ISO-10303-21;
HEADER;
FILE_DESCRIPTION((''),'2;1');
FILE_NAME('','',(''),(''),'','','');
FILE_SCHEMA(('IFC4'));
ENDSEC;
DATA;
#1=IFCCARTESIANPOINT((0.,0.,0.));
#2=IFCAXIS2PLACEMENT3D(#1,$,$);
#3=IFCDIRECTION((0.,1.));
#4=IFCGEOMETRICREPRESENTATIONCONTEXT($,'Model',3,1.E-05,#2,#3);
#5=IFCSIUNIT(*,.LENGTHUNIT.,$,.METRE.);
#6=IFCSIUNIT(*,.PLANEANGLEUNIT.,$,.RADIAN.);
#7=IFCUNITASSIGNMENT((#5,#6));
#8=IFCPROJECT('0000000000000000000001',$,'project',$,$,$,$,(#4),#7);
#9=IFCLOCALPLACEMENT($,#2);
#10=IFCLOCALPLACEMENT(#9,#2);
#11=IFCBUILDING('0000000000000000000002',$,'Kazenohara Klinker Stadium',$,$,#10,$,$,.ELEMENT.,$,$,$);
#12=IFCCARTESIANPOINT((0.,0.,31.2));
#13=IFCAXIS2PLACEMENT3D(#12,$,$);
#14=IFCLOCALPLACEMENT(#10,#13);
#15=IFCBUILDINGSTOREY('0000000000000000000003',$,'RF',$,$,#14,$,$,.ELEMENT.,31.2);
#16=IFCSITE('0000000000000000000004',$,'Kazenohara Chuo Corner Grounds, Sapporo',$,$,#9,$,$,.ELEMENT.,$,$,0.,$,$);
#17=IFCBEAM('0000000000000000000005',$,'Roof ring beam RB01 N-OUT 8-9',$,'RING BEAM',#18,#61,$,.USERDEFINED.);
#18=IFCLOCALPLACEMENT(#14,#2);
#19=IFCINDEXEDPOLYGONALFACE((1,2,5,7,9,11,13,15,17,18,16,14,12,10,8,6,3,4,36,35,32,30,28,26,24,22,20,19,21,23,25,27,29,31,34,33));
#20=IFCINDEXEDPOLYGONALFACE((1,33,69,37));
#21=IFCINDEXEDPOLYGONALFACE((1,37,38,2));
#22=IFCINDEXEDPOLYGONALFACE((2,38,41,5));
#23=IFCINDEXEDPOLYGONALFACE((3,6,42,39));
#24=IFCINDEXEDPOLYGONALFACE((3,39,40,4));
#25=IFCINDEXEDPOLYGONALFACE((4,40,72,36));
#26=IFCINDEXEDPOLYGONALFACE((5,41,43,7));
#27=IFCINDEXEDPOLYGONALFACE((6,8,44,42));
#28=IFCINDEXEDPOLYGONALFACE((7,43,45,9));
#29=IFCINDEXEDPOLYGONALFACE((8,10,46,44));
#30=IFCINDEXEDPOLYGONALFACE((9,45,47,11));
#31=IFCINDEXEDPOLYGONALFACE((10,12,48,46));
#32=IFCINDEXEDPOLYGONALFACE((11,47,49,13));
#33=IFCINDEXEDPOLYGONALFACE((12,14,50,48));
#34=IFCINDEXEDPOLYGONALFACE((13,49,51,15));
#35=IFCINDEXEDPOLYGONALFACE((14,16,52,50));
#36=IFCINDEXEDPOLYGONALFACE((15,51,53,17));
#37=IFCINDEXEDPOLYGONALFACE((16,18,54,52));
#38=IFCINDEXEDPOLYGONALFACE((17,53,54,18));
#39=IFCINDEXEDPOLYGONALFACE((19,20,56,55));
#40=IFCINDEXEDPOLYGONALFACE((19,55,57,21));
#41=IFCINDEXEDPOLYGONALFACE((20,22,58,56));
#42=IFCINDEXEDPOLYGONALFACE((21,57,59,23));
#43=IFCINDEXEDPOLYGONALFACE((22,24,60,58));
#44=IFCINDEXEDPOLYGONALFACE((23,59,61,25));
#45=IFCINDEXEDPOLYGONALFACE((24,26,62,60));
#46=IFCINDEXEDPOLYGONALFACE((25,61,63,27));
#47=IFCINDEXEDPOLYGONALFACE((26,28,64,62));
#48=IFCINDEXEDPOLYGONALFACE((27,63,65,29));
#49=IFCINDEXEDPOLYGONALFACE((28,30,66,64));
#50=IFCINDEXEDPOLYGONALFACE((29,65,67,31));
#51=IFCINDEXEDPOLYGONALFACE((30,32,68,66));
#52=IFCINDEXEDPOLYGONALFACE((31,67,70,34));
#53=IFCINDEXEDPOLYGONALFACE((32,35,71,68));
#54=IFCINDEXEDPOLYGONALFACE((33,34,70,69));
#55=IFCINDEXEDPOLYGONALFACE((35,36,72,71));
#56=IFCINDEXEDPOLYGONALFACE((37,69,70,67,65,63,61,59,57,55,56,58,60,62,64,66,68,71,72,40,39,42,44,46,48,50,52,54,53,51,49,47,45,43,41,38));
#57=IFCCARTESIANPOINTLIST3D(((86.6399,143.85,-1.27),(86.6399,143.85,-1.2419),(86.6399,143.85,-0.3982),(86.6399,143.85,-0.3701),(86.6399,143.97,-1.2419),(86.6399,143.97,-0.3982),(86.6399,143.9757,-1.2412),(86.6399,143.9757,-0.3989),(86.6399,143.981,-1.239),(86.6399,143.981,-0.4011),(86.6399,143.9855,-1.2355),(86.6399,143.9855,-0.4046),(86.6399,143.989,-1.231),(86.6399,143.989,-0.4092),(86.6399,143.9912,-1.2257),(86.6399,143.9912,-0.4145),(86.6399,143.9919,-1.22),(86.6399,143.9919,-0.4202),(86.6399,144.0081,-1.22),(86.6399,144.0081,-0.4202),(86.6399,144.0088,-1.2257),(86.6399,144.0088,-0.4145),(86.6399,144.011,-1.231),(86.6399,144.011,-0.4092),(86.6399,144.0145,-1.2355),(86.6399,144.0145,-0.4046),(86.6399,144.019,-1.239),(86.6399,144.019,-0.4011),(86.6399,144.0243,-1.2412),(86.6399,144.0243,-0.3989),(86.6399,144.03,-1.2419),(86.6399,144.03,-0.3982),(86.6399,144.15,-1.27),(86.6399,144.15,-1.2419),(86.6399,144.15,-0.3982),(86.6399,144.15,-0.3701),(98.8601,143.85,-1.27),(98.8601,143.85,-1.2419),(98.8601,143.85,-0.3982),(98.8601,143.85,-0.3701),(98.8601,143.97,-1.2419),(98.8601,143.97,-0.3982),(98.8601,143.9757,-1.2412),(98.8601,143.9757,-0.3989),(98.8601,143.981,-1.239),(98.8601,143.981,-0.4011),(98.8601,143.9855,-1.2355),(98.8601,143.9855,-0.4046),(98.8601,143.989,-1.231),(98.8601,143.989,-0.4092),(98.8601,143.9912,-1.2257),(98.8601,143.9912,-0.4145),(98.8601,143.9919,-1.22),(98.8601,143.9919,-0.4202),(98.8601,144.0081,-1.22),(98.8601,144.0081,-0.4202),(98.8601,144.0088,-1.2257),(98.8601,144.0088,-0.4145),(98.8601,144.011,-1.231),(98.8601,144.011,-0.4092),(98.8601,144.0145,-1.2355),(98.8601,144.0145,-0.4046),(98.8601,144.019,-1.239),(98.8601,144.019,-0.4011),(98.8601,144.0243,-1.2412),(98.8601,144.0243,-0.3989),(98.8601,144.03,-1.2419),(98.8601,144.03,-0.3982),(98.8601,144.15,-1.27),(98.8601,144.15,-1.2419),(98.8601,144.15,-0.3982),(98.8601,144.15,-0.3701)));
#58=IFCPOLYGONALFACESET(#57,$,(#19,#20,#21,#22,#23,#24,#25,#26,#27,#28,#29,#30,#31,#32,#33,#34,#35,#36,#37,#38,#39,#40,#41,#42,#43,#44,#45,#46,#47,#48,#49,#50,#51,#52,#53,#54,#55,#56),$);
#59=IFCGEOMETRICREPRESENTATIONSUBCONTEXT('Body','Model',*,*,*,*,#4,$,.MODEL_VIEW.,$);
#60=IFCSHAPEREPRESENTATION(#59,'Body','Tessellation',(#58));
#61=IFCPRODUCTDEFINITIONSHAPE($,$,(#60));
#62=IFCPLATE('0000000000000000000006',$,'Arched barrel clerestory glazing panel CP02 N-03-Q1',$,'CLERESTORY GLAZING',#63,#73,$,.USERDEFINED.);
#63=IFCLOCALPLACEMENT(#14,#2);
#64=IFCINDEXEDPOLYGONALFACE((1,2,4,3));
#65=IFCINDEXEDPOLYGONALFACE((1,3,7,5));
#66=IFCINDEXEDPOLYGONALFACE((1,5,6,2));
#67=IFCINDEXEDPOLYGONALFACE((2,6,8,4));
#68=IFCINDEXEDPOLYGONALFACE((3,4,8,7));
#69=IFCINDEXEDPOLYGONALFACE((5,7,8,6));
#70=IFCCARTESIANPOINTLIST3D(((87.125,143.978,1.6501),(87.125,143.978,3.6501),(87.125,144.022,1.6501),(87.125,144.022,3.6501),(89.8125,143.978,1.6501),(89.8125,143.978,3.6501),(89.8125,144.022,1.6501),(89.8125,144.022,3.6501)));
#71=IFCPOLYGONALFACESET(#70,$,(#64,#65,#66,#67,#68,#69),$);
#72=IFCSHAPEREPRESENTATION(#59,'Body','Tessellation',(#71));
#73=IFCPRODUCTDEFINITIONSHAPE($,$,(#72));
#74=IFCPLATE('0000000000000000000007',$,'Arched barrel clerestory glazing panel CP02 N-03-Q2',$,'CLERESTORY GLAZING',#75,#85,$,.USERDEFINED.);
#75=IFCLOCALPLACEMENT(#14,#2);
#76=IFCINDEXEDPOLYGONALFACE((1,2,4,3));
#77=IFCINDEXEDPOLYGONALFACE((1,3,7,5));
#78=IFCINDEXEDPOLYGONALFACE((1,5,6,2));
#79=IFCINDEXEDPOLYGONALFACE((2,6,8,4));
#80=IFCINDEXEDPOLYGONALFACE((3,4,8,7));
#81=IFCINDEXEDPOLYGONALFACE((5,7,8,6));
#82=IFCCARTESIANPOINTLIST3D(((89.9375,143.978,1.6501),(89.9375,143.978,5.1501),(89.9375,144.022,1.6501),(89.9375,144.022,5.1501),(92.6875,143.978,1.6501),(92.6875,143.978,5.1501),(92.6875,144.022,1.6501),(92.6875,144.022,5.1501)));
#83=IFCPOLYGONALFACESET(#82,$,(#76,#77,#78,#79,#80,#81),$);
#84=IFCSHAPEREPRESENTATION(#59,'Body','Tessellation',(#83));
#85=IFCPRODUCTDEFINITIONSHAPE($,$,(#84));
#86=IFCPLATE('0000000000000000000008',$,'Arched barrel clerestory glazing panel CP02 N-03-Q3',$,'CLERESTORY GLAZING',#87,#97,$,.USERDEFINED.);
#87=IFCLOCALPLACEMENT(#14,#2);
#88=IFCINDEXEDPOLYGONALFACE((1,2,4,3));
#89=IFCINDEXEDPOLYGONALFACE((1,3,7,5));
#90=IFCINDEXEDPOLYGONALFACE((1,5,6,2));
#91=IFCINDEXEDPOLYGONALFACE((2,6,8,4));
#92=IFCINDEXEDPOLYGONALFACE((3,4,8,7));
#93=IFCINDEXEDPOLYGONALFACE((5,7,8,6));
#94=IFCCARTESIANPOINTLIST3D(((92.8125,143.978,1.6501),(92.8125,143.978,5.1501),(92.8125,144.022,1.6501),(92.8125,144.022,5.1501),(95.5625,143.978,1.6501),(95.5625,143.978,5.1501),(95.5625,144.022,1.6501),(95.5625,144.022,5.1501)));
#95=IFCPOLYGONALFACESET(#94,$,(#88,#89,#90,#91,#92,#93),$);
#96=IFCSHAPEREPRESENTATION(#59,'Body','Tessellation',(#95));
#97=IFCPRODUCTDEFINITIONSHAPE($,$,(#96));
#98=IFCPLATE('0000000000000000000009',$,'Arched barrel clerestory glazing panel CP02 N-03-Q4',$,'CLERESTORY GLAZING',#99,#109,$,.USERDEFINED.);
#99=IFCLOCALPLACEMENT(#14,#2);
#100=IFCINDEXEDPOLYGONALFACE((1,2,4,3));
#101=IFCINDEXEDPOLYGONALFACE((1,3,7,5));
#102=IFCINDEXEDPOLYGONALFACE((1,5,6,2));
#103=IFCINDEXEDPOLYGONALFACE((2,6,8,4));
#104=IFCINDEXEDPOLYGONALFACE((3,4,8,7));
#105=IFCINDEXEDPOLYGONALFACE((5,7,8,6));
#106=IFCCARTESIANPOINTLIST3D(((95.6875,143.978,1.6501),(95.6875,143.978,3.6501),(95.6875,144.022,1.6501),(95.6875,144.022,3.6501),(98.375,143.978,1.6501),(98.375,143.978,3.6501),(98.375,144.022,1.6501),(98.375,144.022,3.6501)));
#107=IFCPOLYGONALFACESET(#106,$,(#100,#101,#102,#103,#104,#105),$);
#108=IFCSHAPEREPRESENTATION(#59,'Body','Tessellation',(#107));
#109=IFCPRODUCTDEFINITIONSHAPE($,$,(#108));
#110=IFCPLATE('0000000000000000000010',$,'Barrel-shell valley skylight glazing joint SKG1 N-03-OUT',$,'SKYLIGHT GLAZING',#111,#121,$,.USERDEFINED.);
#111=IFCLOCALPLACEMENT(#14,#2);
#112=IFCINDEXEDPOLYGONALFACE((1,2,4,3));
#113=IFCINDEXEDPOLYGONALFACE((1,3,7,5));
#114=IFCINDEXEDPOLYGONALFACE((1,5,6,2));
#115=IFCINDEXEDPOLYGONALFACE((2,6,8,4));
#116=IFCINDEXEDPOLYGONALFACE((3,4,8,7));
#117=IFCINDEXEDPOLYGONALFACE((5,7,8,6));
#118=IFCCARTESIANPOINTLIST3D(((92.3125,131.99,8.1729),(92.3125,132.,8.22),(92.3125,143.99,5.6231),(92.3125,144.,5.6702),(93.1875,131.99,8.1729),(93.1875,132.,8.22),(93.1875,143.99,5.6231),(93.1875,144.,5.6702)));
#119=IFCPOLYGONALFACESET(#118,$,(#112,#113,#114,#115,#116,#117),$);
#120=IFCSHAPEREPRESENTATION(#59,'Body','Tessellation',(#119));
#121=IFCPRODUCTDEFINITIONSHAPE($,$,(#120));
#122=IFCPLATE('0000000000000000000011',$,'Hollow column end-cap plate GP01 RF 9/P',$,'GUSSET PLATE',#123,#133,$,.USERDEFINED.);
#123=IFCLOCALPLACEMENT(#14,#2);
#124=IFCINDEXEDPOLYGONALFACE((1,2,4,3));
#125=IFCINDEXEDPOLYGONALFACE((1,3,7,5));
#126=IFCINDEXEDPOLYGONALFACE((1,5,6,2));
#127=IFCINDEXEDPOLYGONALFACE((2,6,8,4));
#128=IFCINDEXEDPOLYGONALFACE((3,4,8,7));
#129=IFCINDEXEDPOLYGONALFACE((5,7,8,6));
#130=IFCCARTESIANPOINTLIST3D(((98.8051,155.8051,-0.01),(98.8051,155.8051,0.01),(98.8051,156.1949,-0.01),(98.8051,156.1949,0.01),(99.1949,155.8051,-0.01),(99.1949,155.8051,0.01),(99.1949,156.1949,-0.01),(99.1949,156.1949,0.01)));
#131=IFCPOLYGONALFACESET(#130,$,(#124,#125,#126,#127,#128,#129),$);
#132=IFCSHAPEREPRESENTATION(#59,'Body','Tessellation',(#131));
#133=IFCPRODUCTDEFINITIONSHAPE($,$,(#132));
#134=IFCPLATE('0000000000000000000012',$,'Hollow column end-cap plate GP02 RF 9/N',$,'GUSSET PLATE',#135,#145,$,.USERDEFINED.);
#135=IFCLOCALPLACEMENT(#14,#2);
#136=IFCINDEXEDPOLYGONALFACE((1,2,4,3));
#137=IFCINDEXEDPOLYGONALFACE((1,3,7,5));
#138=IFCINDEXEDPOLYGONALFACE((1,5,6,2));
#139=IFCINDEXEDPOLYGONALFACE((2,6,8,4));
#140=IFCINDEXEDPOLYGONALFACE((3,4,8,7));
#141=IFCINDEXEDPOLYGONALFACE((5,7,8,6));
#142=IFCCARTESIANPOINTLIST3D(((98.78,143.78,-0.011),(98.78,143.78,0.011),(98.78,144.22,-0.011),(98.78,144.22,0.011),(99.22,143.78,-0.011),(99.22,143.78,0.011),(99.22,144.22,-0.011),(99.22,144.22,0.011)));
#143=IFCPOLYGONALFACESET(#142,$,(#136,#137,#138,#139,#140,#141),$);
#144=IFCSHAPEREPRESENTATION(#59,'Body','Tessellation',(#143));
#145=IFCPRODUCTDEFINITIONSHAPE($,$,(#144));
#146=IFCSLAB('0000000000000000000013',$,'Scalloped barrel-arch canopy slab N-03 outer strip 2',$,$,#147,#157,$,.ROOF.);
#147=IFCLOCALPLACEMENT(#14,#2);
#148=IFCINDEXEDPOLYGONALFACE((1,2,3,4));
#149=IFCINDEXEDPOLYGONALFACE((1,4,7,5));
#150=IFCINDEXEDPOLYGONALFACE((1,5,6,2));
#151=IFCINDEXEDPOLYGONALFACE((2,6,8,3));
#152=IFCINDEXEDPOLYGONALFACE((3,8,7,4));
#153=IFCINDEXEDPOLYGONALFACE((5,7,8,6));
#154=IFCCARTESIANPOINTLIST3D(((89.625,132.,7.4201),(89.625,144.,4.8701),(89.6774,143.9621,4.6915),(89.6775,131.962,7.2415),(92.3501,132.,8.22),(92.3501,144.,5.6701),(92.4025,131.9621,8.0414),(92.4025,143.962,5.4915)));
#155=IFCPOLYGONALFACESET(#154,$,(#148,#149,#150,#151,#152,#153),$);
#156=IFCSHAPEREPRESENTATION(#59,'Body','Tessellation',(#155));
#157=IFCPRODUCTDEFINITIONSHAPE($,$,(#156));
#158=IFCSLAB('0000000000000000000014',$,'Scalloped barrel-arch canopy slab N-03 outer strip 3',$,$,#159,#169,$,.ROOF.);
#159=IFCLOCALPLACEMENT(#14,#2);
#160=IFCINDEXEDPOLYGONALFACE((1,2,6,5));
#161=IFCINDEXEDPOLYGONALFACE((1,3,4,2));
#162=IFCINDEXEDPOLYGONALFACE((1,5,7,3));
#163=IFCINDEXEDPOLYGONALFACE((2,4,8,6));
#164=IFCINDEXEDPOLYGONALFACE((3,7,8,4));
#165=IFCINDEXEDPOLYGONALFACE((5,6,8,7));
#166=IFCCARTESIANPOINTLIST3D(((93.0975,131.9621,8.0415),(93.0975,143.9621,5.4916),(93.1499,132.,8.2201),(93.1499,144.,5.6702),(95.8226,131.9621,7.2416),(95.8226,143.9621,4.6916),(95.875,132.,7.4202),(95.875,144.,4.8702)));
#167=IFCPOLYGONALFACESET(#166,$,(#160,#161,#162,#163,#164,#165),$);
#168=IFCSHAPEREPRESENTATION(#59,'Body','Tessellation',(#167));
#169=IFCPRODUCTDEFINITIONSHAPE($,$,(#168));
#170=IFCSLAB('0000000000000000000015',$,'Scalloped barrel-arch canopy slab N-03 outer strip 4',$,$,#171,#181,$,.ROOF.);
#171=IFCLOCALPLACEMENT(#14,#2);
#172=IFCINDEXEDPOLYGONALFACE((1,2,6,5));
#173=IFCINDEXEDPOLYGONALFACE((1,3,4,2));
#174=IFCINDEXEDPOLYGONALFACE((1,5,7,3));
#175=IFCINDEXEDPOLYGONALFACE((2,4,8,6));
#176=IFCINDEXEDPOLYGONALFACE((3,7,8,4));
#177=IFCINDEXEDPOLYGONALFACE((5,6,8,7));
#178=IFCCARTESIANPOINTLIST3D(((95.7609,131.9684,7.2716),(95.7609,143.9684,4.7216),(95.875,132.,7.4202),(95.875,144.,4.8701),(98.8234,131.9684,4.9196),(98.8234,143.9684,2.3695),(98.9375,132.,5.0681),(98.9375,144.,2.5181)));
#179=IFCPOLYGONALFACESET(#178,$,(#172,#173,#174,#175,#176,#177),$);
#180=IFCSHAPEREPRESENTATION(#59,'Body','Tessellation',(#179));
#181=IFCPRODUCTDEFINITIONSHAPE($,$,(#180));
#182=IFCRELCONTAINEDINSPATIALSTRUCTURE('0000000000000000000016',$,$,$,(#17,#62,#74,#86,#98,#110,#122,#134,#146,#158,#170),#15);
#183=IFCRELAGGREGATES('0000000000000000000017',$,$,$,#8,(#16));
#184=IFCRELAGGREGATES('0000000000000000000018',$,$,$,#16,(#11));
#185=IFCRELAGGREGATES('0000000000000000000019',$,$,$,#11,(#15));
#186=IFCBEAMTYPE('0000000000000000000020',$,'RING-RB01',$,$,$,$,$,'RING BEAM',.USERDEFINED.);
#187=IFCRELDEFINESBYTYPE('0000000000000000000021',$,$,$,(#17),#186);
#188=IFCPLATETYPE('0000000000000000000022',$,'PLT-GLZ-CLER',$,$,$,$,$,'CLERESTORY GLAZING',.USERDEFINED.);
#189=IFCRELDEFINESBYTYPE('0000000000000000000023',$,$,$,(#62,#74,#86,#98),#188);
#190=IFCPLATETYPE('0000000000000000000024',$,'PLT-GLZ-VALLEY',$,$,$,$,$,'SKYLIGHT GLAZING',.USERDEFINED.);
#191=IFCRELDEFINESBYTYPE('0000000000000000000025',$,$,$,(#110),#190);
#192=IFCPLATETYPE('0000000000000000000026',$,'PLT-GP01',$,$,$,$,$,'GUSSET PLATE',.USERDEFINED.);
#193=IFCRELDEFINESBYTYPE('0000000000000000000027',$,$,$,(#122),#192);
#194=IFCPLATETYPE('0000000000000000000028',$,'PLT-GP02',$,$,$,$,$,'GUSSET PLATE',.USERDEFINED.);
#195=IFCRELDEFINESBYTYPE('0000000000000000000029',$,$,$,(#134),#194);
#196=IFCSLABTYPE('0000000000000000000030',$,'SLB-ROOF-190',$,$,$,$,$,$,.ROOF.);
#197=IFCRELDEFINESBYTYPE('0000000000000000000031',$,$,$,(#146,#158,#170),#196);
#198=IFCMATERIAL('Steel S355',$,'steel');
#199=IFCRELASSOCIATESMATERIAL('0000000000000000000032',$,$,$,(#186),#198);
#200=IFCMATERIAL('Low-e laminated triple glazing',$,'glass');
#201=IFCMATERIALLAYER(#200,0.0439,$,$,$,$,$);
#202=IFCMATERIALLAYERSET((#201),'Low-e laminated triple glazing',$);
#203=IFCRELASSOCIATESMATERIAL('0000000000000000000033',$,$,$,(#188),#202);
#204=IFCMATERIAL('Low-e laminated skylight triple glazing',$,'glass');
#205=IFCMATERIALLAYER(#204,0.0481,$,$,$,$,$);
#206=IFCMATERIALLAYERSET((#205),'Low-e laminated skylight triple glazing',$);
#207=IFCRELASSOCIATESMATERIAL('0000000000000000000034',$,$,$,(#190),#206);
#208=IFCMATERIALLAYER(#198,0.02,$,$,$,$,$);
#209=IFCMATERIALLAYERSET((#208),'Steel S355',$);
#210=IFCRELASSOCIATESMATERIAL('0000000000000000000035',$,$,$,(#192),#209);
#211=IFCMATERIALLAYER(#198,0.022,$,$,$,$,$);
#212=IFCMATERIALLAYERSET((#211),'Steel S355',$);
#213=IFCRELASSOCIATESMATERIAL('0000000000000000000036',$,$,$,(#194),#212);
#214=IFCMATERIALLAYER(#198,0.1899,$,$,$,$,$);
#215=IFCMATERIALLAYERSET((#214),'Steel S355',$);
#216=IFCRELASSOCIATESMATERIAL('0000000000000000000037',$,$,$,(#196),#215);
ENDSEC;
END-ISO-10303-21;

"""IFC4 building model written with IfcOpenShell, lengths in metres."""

from ifc_helpers import new_model, si_unit, direction, frame, origin, origin_2d, place, context, subcontext, project, spatial, polyline, rectangle, i_section, outline, extrude, material, layer, layer_set, material_profile, profile_set, type_object, element, save


model = new_model("IFC4")

# Units and contexts
model_context = context("Model", 3, precision=1e-05, world=origin(), true_north=direction((0.0, 1.0)))
body_context = subcontext(model_context, "Body", "Model", "MODEL_VIEW")
ifc_project = project(units=[si_unit("LENGTHUNIT", "METRE"), si_unit("PLANEANGLEUNIT", "RADIAN")], contexts=[model_context])

# Site, building, storey
site_placement = place(None, origin())
site = spatial("IfcSite", under=ifc_project, at=site_placement, Name="Kazenohara Chuo Corner Grounds, Sapporo", CompositionType="ELEMENT", RefElevation=0.0)
building_placement = place(site_placement, origin())
building = spatial("IfcBuilding", under=site, at=building_placement, Name="Kazenohara Klinker Stadium", CompositionType="ELEMENT")
storey_placement = place(building_placement, frame((0.0, 0.0, 31.2)))
storey = spatial("IfcBuildingStorey", under=building, at=storey_placement, Name="RF", CompositionType="ELEMENT", Elevation=31.2)

# Shared definitions
ifc_material_1 = material(Name="Steel S355", Category="steel")

# Beam
ifc_material_profile_1 = material_profile(ifc_material_1, i_section(OverallWidth=0.3, OverallDepth=0.8999, WebThickness=0.0161, FlangeThickness=0.0281, FilletRadius=0.022, at=origin_2d()), Name="H-900x300x16x28")
ifc_profile_set_1 = profile_set([ifc_material_profile_1], Name="Steel S355")
beam_type = type_object("IfcBeamType", Name="RING-RB01", ElementType="RING BEAM", PredefinedType="USERDEFINED", material=ifc_profile_set_1)
beam_placement = place(storey_placement, frame((86.6399, 144.0, -0.8201), z_axis=(1.0, 0.0, 0.0), x_axis=(0.0, 1.0, 0.0)))
element("IfcBeam", 1, at=beam_placement, inside=storey, type_object=beam_type, Name="Roof ring beam RB01 N-OUT 8-9", ObjectType="RING BEAM", PredefinedType="USERDEFINED", context=body_context, shape_type="SweptSolid", body=[
    extrude(i_section(OverallWidth=0.3, OverallDepth=0.8999, WebThickness=0.0161, FlangeThickness=0.0281, FilletRadius=0.022, at=origin_2d()), origin(), (0.0, 0.0, 1.0), 12.2202),
])

# Plates
ifc_material_2 = material(Name="Low-e laminated triple glazing", Category="glass")
ifc_layer_1 = layer(ifc_material_2, 0.0439)
ifc_layer_set_1 = layer_set([ifc_layer_1], Name="Low-e laminated triple glazing")
plate_type_1 = type_object("IfcPlateType", Name="PLT-GLZ-CLER", ElementType="CLERESTORY GLAZING", PredefinedType="USERDEFINED", material=ifc_layer_set_1)
plate_1_placement = place(storey_placement, frame((88.4688, 144.0, 1.6501), z_axis=(0.0, 0.0, 1.0), x_axis=(1.0, 0.0, 0.0)))
element("IfcPlate", 2, at=plate_1_placement, inside=storey, type_object=plate_type_1, Name="Arched barrel clerestory glazing panel CP02 N-03-Q1", ObjectType="CLERESTORY GLAZING", PredefinedType="USERDEFINED", context=body_context, shape_type="SweptSolid", body=[
    extrude(rectangle(XDim=2.6875, YDim=0.0439, at=origin_2d()), origin(), (0.0, 0.0, 1.0), 2.0),
])
for number, where, z_axis, x_axis, name in (
    (3, (91.3125, 144.0, 1.6501), (0.0, 0.0, 1.0), (1.0, 0.0, 0.0), "Arched barrel clerestory glazing panel CP02 N-03-Q2"),
    (4, (94.1875, 144.0, 1.6501), (0.0, 0.0, 1.0), (1.0, 0.0, 0.0), "Arched barrel clerestory glazing panel CP02 N-03-Q3"),
):
    element("IfcPlate", number, at=place(storey_placement, frame(where, z_axis=z_axis, x_axis=x_axis)), inside=storey, type_object=plate_type_1, Name=name, ObjectType="CLERESTORY GLAZING", PredefinedType="USERDEFINED", context=body_context, shape_type="SweptSolid", body=[
        extrude(rectangle(XDim=2.75, YDim=0.0439, at=origin_2d()), origin(), (0.0, 0.0, 1.0), 3.5),
    ])
plate_2_placement = place(storey_placement, frame((97.0312, 144.0, 1.6501), z_axis=(0.0, 0.0, 1.0), x_axis=(1.0, 0.0, 0.0)))
element("IfcPlate", 5, at=plate_2_placement, inside=storey, type_object=plate_type_1, Name="Arched barrel clerestory glazing panel CP02 N-03-Q4", ObjectType="CLERESTORY GLAZING", PredefinedType="USERDEFINED", context=body_context, shape_type="SweptSolid", body=[
    extrude(rectangle(XDim=2.6875, YDim=0.0439, at=origin_2d()), origin(), (0.0, 0.0, 1.0), 2.0),
])
ifc_material_3 = material(Name="Low-e laminated skylight triple glazing", Category="glass")
ifc_layer_2 = layer(ifc_material_3, 0.0481)
ifc_layer_set_2 = layer_set([ifc_layer_2], Name="Low-e laminated skylight triple glazing")
plate_type_2 = type_object("IfcPlateType", Name="PLT-GLZ-VALLEY", ElementType="SKYLIGHT GLAZING", PredefinedType="USERDEFINED", material=ifc_layer_set_2)
plate_3_placement = place(storey_placement, frame((92.3125, 144.0, 5.6702), z_axis=(0.0, 0.207844, 0.978162), x_axis=(0.0, -0.978162, 0.207844)))
element("IfcPlate", 6, at=plate_3_placement, inside=storey, type_object=plate_type_2, Name="Barrel-shell valley skylight glazing joint SKG1 N-03-OUT", ObjectType="SKYLIGHT GLAZING", PredefinedType="USERDEFINED", context=body_context, shape_type="SweptSolid", body=[
    extrude(outline(polyline([(0.0, 0.0), (12.2679, 0.0), (12.2679, 0.875), (0.0, 0.875), (0.0, 0.0)])), origin(), (0.0, 0.0, -1.0), 0.0481),
])
ifc_layer_3 = layer(ifc_material_1, 0.02)
ifc_layer_set_3 = layer_set([ifc_layer_3], Name="Steel S355")
plate_type_3 = type_object("IfcPlateType", Name="PLT-GP01", ElementType="GUSSET PLATE", PredefinedType="USERDEFINED", material=ifc_layer_set_3)
plate_4_placement = place(storey_placement, frame((99.0, 156.0, -0.01), z_axis=(0.0, 0.0, 1.0), x_axis=(1.0, 0.0, 0.0)))
element("IfcPlate", 7, at=plate_4_placement, inside=storey, type_object=plate_type_3, Name="Hollow column end-cap plate GP01 RF 9/P", ObjectType="GUSSET PLATE", PredefinedType="USERDEFINED", context=body_context, shape_type="SweptSolid", body=[
    extrude(rectangle(XDim=0.3899, YDim=0.3899, at=origin_2d()), origin(), (0.0, 0.0, 1.0), 0.02),
])
ifc_layer_4 = layer(ifc_material_1, 0.022)
ifc_layer_set_4 = layer_set([ifc_layer_4], Name="Steel S355")
plate_type_4 = type_object("IfcPlateType", Name="PLT-GP02", ElementType="GUSSET PLATE", PredefinedType="USERDEFINED", material=ifc_layer_set_4)
plate_5_placement = place(storey_placement, frame((99.0, 144.0, -0.011), z_axis=(0.0, 0.0, 1.0), x_axis=(1.0, 0.0, 0.0)))
element("IfcPlate", 8, at=plate_5_placement, inside=storey, type_object=plate_type_4, Name="Hollow column end-cap plate GP02 RF 9/N", ObjectType="GUSSET PLATE", PredefinedType="USERDEFINED", context=body_context, shape_type="SweptSolid", body=[
    extrude(rectangle(XDim=0.4399, YDim=0.4399, at=origin_2d()), origin(), (0.0, 0.0, 1.0), 0.022),
])

# Slabs
ifc_layer_5 = layer(ifc_material_1, 0.1899)
ifc_layer_set_5 = layer_set([ifc_layer_5], Name="Steel S355")
slab_type = type_object("IfcSlabType", Name="SLB-ROOF-190", PredefinedType="ROOF", material=ifc_layer_set_5)
slab_1_placement = place(storey_placement, frame((89.625, 144.0, 4.8701), z_axis=(-0.275979, 0.199781, 0.940172), x_axis=(0.000003, -0.97816, 0.207854)))
element("IfcSlab", 9, at=slab_1_placement, inside=storey, type_object=slab_type, Name="Scalloped barrel-arch canopy slab N-03 outer strip 2", PredefinedType="ROOF", context=body_context, shape_type="SweptSolid", body=[
    extrude(outline(polyline([(0.0, 0.0), (12.268, 0.0), (12.4342, 2.8352), (0.1663, 2.8352), (0.0, 0.0)])), origin(), (0.0, 0.0, -1.0), 0.1899),
])
slab_2_placement = place(storey_placement, frame((93.1499, 144.0, 5.6702), z_axis=(0.275979, 0.199781, 0.940172), x_axis=(0.000003, -0.97816, 0.207852)))
element("IfcSlab", 10, at=slab_2_placement, inside=storey, type_object=slab_type, Name="Scalloped barrel-arch canopy slab N-03 outer strip 3", PredefinedType="ROOF", context=body_context, shape_type="SweptSolid", body=[
    extrude(outline(polyline([(0.0, 0.0), (12.2679, 0.0), (12.1017, 2.8352), (-0.1663, 2.8352), (0.0, 0.0)])), origin(), (0.0, 0.0, -1.0), 0.1899),
])
slab_3_placement = place(storey_placement, frame((95.875, 144.0, 4.8701), z_axis=(0.600635, 0.166191, 0.78206), x_axis=(0.0, -0.978158, 0.207863)))
element("IfcSlab", 11, at=slab_3_placement, inside=storey, type_object=slab_type, Name="Scalloped barrel-arch canopy slab N-03 outer strip 4", PredefinedType="ROOF", context=body_context, shape_type="SweptSolid", body=[
    extrude(outline(polyline([(0.0, 0.0), (12.268, 0.0), (11.7791, 3.8304), (-0.4889, 3.8304), (0.0, 0.0)])), origin(), (0.0, 0.0, -1.0), 0.1899),
])

save(model, "model.ifc")
